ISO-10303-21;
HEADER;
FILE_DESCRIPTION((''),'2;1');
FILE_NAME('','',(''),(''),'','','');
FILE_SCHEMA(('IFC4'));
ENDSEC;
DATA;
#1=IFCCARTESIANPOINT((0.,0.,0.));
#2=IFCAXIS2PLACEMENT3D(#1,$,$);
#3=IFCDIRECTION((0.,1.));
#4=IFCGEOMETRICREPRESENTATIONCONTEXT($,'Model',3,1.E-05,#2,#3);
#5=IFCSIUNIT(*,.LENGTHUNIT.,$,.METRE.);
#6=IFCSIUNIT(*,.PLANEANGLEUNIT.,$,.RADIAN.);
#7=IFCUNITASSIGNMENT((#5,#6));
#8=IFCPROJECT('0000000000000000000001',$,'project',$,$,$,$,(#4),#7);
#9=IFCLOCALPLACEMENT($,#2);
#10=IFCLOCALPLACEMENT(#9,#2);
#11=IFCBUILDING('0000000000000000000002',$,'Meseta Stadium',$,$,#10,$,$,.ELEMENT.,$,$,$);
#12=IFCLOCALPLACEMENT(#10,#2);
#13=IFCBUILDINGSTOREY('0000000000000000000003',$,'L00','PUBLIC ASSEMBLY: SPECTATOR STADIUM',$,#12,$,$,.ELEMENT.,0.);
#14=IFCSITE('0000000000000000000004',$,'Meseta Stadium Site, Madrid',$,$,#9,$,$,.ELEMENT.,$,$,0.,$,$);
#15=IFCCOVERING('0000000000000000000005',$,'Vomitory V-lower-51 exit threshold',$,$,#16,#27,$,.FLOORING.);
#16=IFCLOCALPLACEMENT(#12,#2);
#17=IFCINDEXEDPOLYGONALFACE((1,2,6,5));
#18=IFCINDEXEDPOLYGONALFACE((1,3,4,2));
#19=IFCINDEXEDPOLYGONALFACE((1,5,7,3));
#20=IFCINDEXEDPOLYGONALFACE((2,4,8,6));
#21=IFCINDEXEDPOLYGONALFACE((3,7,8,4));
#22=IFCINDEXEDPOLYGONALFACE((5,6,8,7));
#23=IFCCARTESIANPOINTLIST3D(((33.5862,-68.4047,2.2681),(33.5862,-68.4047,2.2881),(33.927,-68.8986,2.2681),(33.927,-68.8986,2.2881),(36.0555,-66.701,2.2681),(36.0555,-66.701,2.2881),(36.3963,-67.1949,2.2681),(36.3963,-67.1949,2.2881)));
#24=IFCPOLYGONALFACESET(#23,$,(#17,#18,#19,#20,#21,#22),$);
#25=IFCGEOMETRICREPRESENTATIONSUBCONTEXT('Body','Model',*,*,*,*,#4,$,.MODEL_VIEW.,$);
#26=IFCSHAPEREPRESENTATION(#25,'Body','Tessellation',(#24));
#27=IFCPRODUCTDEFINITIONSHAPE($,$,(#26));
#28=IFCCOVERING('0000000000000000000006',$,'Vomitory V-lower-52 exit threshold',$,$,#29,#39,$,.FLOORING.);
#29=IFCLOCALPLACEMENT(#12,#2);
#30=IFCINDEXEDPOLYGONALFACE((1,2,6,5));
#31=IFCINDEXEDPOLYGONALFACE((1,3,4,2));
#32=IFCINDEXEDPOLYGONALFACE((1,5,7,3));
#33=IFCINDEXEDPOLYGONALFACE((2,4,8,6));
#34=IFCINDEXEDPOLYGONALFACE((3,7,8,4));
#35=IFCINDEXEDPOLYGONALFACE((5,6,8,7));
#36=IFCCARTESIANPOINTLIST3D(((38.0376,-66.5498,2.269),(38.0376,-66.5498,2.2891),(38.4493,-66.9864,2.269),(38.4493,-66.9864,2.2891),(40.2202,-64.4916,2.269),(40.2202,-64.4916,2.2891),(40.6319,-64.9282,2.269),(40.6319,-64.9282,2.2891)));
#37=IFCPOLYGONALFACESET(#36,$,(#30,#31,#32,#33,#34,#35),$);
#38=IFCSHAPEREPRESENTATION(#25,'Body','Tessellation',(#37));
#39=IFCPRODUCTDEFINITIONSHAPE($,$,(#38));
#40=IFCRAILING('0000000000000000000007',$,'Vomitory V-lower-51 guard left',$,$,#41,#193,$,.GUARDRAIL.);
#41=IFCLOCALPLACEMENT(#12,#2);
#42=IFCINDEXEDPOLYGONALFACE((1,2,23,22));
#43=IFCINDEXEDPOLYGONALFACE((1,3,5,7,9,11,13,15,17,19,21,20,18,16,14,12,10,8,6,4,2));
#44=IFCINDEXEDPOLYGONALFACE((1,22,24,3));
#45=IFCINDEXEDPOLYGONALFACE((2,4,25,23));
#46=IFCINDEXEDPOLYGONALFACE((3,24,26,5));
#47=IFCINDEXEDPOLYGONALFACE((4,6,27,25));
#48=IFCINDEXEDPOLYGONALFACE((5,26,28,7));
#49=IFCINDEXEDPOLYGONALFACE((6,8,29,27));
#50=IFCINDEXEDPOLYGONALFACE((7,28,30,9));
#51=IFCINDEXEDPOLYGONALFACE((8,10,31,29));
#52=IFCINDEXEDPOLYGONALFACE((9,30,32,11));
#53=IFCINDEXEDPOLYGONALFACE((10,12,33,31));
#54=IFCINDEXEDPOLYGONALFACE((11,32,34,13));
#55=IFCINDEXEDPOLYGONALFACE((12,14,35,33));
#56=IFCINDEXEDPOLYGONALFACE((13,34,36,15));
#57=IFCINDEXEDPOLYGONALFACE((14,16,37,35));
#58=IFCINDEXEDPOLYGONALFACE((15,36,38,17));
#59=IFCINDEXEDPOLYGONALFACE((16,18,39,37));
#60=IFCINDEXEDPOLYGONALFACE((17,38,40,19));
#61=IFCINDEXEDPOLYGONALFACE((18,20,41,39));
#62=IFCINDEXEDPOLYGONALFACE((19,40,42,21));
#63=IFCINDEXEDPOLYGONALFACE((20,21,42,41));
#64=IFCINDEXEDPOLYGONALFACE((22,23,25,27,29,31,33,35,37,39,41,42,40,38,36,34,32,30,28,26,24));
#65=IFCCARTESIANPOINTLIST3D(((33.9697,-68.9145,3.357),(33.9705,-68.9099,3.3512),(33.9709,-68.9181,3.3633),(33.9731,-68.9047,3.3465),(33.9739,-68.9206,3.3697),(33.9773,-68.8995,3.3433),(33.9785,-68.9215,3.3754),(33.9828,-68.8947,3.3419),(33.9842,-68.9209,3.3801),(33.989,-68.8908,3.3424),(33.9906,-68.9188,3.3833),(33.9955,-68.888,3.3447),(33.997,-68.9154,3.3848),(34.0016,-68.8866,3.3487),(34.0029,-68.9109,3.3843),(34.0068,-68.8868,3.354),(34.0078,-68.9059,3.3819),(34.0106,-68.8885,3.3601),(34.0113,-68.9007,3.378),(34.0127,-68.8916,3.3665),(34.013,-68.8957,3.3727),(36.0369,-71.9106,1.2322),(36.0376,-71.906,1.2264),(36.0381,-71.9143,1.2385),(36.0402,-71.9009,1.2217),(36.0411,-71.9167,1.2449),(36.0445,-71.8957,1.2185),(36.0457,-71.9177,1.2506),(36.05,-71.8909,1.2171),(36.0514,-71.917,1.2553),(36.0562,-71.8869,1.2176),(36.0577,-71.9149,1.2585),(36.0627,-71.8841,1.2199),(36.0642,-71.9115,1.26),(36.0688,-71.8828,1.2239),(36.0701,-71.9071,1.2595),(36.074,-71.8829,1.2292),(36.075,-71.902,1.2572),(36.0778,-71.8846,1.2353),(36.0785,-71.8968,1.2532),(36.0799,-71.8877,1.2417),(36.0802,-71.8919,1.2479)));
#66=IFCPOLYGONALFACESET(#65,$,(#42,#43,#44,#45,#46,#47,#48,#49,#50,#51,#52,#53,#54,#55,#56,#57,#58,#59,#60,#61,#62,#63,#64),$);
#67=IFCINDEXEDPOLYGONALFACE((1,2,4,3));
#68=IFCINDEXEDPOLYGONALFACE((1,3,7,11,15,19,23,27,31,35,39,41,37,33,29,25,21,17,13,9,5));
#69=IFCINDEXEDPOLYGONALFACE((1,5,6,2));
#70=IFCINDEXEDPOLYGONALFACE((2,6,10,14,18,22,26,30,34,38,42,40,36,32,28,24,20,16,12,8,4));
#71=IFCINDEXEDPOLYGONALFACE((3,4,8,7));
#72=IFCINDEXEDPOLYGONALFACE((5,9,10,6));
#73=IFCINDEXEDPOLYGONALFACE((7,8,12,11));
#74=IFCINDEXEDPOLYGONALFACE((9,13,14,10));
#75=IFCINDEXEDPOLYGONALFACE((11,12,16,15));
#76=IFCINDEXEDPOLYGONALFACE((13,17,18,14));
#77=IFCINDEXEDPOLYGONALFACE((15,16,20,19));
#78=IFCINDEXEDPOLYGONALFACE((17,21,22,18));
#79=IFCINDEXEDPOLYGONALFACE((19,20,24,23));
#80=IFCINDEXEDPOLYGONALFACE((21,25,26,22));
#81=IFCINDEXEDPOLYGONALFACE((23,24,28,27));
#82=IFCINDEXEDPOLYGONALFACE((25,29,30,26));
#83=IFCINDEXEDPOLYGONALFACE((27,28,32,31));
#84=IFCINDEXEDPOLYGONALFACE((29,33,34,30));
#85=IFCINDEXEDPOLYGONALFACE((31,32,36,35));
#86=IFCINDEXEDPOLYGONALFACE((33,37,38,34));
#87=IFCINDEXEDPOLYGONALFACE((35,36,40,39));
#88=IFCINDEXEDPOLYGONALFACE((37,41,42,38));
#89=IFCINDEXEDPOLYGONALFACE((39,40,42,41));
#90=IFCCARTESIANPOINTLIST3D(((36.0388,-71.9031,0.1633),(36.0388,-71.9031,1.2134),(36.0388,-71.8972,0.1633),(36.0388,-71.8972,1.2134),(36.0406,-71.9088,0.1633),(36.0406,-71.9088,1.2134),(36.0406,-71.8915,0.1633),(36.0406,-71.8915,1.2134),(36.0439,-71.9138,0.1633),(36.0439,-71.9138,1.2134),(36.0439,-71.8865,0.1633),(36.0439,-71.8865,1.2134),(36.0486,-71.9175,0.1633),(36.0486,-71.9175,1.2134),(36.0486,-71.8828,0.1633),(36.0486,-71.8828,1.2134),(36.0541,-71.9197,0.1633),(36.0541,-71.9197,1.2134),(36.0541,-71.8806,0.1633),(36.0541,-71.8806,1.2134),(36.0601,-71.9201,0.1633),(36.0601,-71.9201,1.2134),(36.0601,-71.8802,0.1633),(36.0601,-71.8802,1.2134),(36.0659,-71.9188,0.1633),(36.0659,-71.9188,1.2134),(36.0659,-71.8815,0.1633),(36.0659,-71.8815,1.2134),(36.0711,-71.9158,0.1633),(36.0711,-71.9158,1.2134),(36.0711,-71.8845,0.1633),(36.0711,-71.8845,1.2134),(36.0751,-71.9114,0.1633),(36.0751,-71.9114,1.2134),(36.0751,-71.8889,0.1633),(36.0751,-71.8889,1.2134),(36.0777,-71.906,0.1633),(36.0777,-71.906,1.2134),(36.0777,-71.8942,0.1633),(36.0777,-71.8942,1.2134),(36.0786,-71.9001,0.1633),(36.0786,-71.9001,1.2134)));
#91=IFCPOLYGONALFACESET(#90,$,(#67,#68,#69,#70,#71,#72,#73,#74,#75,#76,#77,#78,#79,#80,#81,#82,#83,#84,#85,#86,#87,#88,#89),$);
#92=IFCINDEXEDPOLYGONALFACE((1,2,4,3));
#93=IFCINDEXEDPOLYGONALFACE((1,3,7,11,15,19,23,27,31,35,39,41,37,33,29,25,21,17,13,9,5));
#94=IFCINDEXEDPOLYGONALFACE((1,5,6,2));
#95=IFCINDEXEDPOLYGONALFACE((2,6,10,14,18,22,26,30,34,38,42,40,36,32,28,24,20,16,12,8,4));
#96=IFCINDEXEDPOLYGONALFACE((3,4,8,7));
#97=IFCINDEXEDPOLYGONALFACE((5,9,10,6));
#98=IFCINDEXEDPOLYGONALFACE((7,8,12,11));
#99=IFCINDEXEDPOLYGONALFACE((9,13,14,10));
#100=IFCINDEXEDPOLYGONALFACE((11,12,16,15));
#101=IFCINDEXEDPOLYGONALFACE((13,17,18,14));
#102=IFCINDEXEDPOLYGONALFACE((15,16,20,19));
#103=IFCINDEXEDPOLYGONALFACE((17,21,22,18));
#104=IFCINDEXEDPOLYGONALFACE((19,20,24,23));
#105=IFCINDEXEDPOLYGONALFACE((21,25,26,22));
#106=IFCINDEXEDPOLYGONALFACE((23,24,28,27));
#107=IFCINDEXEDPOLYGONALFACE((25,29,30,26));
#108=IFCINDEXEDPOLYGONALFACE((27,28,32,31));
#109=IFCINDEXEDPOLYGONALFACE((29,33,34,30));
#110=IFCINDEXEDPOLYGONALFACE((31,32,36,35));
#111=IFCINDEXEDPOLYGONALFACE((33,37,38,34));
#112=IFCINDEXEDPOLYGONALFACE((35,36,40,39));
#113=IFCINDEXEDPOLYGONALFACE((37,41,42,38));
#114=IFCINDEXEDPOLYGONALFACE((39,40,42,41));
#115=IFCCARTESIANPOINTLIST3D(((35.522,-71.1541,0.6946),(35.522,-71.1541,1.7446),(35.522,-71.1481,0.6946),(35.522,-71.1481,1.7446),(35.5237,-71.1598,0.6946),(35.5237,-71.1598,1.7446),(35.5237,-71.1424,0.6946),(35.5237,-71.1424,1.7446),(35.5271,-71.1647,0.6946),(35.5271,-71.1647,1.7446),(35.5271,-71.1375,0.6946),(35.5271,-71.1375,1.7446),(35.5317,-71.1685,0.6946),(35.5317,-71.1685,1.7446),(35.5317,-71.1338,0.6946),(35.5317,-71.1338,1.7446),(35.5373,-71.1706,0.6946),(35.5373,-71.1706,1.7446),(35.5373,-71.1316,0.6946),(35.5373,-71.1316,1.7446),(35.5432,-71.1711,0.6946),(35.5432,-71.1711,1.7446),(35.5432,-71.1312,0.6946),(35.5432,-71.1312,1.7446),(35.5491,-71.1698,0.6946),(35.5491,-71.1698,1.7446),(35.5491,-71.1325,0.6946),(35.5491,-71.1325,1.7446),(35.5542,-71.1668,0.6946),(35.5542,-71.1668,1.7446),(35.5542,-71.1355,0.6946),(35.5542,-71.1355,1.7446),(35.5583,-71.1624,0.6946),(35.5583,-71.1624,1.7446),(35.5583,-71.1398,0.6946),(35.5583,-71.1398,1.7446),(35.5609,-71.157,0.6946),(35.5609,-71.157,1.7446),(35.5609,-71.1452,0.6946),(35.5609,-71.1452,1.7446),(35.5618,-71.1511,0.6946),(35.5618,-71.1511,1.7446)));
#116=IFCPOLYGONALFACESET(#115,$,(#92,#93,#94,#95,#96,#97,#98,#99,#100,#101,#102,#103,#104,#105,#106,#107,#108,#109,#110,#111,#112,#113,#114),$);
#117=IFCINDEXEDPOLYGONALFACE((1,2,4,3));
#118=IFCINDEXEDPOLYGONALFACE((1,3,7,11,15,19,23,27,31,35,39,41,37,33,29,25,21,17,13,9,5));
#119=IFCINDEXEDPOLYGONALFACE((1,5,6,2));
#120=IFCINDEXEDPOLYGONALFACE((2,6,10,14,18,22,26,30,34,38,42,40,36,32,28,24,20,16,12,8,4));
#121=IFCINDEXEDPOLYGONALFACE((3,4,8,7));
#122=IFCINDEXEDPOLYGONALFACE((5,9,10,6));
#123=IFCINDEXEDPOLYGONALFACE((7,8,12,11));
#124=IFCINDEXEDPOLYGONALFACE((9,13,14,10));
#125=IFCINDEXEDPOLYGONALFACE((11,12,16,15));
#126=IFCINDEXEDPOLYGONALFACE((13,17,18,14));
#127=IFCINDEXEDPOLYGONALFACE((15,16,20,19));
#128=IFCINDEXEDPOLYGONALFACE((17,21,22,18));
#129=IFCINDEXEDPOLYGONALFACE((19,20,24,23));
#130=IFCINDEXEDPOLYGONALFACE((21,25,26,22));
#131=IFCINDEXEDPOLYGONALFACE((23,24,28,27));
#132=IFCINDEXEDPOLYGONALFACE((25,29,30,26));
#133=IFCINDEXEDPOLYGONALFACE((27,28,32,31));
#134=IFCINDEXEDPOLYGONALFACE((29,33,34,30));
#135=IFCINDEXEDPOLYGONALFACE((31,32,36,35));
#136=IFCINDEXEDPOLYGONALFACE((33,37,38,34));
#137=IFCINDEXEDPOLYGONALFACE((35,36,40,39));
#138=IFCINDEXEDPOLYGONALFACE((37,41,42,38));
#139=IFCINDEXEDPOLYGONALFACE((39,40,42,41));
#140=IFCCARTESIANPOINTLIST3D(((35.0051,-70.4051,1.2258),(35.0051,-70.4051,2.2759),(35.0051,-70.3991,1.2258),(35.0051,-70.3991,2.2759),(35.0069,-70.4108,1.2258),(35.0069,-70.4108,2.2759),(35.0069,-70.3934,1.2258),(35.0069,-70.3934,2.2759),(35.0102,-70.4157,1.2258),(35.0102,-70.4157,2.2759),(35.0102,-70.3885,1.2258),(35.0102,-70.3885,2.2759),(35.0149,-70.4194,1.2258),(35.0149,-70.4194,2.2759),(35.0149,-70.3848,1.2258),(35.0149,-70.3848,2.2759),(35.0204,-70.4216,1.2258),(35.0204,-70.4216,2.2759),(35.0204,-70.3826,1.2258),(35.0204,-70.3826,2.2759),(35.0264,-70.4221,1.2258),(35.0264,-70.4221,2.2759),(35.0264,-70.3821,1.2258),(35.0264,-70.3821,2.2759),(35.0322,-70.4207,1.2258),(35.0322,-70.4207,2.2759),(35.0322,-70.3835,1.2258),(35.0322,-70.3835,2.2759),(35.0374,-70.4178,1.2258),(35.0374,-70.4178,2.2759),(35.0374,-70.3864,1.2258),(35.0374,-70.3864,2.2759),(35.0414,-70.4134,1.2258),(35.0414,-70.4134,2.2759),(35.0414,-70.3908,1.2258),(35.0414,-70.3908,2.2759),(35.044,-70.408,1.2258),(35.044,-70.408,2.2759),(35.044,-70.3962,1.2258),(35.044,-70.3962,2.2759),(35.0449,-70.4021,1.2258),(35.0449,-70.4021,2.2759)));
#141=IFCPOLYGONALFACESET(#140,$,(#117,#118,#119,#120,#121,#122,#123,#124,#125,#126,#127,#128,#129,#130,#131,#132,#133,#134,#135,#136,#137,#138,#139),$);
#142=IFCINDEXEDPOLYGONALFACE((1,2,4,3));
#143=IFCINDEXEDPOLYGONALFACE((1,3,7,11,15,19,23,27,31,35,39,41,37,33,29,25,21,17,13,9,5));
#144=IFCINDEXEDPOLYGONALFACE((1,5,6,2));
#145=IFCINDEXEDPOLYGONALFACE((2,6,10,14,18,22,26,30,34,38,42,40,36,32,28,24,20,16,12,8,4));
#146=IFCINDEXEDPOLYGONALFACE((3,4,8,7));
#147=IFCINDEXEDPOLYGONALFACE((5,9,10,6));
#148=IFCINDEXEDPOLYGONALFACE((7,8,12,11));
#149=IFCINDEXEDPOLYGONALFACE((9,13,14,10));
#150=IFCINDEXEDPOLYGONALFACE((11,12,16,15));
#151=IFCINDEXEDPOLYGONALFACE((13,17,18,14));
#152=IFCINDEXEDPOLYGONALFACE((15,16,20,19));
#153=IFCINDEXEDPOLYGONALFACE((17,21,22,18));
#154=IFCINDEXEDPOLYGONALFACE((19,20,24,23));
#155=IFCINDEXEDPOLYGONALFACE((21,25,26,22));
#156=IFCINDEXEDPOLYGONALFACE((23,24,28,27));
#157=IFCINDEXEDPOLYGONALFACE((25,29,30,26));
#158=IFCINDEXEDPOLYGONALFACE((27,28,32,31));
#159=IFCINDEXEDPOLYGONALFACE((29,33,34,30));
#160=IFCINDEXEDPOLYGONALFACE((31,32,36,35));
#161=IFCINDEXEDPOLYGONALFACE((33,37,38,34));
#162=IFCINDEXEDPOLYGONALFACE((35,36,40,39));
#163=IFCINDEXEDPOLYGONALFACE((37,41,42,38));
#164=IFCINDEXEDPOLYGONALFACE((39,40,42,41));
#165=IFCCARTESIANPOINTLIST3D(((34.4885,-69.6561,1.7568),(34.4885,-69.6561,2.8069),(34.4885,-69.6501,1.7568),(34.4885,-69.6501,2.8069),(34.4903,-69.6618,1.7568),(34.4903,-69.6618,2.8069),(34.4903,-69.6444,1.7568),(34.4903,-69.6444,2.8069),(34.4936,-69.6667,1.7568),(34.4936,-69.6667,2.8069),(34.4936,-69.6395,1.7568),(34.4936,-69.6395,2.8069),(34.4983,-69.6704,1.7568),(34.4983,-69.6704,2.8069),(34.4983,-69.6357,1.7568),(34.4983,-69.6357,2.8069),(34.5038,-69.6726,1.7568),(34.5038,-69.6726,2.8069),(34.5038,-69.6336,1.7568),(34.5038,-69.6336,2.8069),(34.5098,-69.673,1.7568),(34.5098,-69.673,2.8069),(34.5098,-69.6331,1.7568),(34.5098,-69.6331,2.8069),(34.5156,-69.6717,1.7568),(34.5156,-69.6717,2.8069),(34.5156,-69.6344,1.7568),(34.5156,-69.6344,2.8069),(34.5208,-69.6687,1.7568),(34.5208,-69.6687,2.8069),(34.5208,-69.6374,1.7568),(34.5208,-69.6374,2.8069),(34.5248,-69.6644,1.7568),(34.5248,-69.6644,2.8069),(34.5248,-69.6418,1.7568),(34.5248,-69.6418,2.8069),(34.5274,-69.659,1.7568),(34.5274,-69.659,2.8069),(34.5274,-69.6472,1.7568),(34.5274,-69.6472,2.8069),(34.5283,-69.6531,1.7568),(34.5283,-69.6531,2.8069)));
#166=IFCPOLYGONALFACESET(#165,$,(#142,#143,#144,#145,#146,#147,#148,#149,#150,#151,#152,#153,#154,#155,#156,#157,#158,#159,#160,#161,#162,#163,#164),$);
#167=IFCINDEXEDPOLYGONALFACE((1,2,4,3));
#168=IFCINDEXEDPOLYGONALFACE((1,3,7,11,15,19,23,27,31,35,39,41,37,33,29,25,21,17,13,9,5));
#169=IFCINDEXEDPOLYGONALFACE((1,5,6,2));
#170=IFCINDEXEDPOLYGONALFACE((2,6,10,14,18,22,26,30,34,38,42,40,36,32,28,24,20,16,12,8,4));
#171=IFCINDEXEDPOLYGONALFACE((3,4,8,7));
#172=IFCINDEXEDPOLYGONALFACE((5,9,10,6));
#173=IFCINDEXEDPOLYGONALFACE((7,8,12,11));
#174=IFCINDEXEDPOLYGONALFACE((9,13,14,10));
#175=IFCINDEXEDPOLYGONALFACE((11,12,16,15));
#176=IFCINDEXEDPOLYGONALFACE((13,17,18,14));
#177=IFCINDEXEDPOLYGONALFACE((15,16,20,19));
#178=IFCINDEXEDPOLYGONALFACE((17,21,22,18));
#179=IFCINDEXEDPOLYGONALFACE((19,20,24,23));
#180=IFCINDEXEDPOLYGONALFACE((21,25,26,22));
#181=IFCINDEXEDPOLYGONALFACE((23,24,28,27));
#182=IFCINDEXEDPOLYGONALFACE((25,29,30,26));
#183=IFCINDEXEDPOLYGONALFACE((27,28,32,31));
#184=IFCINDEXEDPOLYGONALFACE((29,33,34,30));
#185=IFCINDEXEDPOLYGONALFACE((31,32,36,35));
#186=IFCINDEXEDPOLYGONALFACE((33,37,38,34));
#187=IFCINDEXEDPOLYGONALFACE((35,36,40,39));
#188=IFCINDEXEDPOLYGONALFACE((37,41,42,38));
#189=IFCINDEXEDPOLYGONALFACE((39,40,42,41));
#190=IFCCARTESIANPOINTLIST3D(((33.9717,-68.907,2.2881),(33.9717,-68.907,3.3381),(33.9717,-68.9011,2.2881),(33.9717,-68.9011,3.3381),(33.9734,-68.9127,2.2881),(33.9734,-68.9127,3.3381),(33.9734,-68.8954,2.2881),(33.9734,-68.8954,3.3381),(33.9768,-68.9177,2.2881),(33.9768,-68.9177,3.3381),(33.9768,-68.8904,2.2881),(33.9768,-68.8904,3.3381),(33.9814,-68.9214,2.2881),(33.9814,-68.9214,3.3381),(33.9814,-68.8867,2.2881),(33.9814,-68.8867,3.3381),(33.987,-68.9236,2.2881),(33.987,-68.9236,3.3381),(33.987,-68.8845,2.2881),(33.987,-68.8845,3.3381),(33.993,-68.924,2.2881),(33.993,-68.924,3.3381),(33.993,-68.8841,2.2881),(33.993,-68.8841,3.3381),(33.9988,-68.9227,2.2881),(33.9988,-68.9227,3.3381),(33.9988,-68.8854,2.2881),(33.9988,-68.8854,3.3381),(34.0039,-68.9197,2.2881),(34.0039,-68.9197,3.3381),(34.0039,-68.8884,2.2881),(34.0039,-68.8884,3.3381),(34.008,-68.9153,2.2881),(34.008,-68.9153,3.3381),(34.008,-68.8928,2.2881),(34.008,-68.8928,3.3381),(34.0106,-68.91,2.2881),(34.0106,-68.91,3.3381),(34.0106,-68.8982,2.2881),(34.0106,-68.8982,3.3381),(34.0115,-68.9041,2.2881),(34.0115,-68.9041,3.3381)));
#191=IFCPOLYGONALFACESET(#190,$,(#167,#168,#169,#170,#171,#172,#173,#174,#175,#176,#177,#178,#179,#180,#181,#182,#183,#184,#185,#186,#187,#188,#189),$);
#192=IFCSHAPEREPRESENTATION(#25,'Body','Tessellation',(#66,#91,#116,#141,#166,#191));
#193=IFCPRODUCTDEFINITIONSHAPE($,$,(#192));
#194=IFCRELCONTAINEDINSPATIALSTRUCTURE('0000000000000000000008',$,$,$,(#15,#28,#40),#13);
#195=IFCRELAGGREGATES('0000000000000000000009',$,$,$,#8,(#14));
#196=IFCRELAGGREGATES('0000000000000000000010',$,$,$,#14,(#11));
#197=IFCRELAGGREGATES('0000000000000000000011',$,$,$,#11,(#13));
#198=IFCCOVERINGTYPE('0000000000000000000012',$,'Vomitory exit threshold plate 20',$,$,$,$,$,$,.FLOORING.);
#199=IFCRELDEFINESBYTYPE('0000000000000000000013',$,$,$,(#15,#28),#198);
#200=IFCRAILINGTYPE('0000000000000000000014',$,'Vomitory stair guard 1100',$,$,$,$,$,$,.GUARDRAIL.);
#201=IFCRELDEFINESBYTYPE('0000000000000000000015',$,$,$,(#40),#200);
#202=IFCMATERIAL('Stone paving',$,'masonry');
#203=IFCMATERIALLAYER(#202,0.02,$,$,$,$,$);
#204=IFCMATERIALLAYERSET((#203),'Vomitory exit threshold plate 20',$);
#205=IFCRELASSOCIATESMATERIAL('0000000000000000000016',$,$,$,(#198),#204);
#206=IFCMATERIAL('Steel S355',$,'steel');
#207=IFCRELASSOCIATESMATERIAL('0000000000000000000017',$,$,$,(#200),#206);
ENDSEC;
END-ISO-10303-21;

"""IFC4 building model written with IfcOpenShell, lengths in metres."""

from ifc_helpers import new_model, si_unit, direction, frame, origin, origin_2d, place, context, subcontext, project, spatial, rectangle, circle, extrude, material, layer, layer_set, type_object, element, save


model = new_model("IFC4")

# Units and contexts
model_context = context("Model", 3, precision=1e-05, world=origin(), true_north=direction((0.0, 1.0)))
body_context = subcontext(model_context, "Body", "Model", "MODEL_VIEW")
ifc_project = project(units=[si_unit("LENGTHUNIT", "METRE"), si_unit("PLANEANGLEUNIT", "RADIAN")], contexts=[model_context])

# Site, building, storey
site_placement = place(None, origin())
site = spatial("IfcSite", under=ifc_project, at=site_placement, Name="Meseta Stadium Site, Madrid", CompositionType="ELEMENT", RefElevation=0.0)
building_placement = place(site_placement, origin())
building = spatial("IfcBuilding", under=site, at=building_placement, Name="Meseta Stadium", CompositionType="ELEMENT")
storey_placement = place(building_placement, origin())
storey = spatial("IfcBuildingStorey", under=building, at=storey_placement, Name="L00", Description="PUBLIC ASSEMBLY: SPECTATOR STADIUM", CompositionType="ELEMENT", Elevation=0.0)

# Coverings
ifc_material_1 = material(Name="Stone paving", Category="masonry")
ifc_layer = layer(ifc_material_1, 0.02)
ifc_layer_set = layer_set([ifc_layer], Name="Vomitory exit threshold plate 20")
covering_type = type_object("IfcCoveringType", Name="Vomitory exit threshold plate 20", PredefinedType="FLOORING", material=ifc_layer_set)
for number, where, z_axis, x_axis, name in (
    (1, (34.9912, -67.7998, 2.2681), (0.0, 0.0, 1.0), (-0.5679, 0.823098, 0.0), "Vomitory V-lower-51 exit threshold"),
    (2, (39.3347, -65.739, 2.269), (0.0, 0.0, 1.0), (-0.686065, 0.727541, 0.0), "Vomitory V-lower-52 exit threshold"),
):
    element("IfcCovering", number, at=place(storey_placement, frame(where, z_axis=z_axis, x_axis=x_axis)), inside=storey, type_object=covering_type, Name=name, PredefinedType="FLOORING", context=body_context, shape_type="SweptSolid", body=[
        extrude(rectangle(XDim=0.6001, YDim=3.0, at=origin_2d()), origin(), (0.0, 0.0, 1.0), 0.02),
    ])

# Railing
ifc_material_2 = material(Name="Steel S355", Category="steel")
railing_type_1 = type_object("IfcRailingType", Name="Vomitory stair guard 1100", PredefinedType="GUARDRAIL", material=ifc_material_2)
for number, where, name in (
    (3, (36.0586, -71.9001, 0.1633), "Vomitory V-lower-51 guard left"),
):
    element("IfcRailing", number, at=place(storey_placement, frame(where)), inside=storey, type_object=railing_type_1, Name=name, PredefinedType="GUARDRAIL", context=body_context, shape_type="SweptSolid", body=[
        extrude(circle(Radius=0.0249, at=origin_2d()), frame((0.0, 0.0, 1.0752), z_axis=(-0.490452, 0.710857, 0.504122), x_axis=(-0.823101, -0.567894, 0.0)), (0.0, 0.0, 1.0), 4.2148),
        extrude(circle(Radius=0.02, at=origin_2d()), origin(), (0.0, 0.0, 1.0), 1.05),
        extrude(circle(Radius=0.02, at=origin_2d()), frame((-0.5168, 0.749, 0.5312)), (0.0, 0.0, 1.0), 1.05),
        extrude(circle(Radius=0.02, at=origin_2d()), frame((-1.0337, 1.498, 1.0625)), (0.0, 0.0, 1.0), 1.05),
        extrude(circle(Radius=0.02, at=origin_2d()), frame((-1.5503, 2.2471, 1.5935)), (0.0, 0.0, 1.0), 1.05),
        extrude(circle(Radius=0.02, at=origin_2d()), frame((-2.0671, 2.9961, 2.1248)), (0.0, 0.0, 1.0), 1.05),
    ])

save(model, "model.ifc")
